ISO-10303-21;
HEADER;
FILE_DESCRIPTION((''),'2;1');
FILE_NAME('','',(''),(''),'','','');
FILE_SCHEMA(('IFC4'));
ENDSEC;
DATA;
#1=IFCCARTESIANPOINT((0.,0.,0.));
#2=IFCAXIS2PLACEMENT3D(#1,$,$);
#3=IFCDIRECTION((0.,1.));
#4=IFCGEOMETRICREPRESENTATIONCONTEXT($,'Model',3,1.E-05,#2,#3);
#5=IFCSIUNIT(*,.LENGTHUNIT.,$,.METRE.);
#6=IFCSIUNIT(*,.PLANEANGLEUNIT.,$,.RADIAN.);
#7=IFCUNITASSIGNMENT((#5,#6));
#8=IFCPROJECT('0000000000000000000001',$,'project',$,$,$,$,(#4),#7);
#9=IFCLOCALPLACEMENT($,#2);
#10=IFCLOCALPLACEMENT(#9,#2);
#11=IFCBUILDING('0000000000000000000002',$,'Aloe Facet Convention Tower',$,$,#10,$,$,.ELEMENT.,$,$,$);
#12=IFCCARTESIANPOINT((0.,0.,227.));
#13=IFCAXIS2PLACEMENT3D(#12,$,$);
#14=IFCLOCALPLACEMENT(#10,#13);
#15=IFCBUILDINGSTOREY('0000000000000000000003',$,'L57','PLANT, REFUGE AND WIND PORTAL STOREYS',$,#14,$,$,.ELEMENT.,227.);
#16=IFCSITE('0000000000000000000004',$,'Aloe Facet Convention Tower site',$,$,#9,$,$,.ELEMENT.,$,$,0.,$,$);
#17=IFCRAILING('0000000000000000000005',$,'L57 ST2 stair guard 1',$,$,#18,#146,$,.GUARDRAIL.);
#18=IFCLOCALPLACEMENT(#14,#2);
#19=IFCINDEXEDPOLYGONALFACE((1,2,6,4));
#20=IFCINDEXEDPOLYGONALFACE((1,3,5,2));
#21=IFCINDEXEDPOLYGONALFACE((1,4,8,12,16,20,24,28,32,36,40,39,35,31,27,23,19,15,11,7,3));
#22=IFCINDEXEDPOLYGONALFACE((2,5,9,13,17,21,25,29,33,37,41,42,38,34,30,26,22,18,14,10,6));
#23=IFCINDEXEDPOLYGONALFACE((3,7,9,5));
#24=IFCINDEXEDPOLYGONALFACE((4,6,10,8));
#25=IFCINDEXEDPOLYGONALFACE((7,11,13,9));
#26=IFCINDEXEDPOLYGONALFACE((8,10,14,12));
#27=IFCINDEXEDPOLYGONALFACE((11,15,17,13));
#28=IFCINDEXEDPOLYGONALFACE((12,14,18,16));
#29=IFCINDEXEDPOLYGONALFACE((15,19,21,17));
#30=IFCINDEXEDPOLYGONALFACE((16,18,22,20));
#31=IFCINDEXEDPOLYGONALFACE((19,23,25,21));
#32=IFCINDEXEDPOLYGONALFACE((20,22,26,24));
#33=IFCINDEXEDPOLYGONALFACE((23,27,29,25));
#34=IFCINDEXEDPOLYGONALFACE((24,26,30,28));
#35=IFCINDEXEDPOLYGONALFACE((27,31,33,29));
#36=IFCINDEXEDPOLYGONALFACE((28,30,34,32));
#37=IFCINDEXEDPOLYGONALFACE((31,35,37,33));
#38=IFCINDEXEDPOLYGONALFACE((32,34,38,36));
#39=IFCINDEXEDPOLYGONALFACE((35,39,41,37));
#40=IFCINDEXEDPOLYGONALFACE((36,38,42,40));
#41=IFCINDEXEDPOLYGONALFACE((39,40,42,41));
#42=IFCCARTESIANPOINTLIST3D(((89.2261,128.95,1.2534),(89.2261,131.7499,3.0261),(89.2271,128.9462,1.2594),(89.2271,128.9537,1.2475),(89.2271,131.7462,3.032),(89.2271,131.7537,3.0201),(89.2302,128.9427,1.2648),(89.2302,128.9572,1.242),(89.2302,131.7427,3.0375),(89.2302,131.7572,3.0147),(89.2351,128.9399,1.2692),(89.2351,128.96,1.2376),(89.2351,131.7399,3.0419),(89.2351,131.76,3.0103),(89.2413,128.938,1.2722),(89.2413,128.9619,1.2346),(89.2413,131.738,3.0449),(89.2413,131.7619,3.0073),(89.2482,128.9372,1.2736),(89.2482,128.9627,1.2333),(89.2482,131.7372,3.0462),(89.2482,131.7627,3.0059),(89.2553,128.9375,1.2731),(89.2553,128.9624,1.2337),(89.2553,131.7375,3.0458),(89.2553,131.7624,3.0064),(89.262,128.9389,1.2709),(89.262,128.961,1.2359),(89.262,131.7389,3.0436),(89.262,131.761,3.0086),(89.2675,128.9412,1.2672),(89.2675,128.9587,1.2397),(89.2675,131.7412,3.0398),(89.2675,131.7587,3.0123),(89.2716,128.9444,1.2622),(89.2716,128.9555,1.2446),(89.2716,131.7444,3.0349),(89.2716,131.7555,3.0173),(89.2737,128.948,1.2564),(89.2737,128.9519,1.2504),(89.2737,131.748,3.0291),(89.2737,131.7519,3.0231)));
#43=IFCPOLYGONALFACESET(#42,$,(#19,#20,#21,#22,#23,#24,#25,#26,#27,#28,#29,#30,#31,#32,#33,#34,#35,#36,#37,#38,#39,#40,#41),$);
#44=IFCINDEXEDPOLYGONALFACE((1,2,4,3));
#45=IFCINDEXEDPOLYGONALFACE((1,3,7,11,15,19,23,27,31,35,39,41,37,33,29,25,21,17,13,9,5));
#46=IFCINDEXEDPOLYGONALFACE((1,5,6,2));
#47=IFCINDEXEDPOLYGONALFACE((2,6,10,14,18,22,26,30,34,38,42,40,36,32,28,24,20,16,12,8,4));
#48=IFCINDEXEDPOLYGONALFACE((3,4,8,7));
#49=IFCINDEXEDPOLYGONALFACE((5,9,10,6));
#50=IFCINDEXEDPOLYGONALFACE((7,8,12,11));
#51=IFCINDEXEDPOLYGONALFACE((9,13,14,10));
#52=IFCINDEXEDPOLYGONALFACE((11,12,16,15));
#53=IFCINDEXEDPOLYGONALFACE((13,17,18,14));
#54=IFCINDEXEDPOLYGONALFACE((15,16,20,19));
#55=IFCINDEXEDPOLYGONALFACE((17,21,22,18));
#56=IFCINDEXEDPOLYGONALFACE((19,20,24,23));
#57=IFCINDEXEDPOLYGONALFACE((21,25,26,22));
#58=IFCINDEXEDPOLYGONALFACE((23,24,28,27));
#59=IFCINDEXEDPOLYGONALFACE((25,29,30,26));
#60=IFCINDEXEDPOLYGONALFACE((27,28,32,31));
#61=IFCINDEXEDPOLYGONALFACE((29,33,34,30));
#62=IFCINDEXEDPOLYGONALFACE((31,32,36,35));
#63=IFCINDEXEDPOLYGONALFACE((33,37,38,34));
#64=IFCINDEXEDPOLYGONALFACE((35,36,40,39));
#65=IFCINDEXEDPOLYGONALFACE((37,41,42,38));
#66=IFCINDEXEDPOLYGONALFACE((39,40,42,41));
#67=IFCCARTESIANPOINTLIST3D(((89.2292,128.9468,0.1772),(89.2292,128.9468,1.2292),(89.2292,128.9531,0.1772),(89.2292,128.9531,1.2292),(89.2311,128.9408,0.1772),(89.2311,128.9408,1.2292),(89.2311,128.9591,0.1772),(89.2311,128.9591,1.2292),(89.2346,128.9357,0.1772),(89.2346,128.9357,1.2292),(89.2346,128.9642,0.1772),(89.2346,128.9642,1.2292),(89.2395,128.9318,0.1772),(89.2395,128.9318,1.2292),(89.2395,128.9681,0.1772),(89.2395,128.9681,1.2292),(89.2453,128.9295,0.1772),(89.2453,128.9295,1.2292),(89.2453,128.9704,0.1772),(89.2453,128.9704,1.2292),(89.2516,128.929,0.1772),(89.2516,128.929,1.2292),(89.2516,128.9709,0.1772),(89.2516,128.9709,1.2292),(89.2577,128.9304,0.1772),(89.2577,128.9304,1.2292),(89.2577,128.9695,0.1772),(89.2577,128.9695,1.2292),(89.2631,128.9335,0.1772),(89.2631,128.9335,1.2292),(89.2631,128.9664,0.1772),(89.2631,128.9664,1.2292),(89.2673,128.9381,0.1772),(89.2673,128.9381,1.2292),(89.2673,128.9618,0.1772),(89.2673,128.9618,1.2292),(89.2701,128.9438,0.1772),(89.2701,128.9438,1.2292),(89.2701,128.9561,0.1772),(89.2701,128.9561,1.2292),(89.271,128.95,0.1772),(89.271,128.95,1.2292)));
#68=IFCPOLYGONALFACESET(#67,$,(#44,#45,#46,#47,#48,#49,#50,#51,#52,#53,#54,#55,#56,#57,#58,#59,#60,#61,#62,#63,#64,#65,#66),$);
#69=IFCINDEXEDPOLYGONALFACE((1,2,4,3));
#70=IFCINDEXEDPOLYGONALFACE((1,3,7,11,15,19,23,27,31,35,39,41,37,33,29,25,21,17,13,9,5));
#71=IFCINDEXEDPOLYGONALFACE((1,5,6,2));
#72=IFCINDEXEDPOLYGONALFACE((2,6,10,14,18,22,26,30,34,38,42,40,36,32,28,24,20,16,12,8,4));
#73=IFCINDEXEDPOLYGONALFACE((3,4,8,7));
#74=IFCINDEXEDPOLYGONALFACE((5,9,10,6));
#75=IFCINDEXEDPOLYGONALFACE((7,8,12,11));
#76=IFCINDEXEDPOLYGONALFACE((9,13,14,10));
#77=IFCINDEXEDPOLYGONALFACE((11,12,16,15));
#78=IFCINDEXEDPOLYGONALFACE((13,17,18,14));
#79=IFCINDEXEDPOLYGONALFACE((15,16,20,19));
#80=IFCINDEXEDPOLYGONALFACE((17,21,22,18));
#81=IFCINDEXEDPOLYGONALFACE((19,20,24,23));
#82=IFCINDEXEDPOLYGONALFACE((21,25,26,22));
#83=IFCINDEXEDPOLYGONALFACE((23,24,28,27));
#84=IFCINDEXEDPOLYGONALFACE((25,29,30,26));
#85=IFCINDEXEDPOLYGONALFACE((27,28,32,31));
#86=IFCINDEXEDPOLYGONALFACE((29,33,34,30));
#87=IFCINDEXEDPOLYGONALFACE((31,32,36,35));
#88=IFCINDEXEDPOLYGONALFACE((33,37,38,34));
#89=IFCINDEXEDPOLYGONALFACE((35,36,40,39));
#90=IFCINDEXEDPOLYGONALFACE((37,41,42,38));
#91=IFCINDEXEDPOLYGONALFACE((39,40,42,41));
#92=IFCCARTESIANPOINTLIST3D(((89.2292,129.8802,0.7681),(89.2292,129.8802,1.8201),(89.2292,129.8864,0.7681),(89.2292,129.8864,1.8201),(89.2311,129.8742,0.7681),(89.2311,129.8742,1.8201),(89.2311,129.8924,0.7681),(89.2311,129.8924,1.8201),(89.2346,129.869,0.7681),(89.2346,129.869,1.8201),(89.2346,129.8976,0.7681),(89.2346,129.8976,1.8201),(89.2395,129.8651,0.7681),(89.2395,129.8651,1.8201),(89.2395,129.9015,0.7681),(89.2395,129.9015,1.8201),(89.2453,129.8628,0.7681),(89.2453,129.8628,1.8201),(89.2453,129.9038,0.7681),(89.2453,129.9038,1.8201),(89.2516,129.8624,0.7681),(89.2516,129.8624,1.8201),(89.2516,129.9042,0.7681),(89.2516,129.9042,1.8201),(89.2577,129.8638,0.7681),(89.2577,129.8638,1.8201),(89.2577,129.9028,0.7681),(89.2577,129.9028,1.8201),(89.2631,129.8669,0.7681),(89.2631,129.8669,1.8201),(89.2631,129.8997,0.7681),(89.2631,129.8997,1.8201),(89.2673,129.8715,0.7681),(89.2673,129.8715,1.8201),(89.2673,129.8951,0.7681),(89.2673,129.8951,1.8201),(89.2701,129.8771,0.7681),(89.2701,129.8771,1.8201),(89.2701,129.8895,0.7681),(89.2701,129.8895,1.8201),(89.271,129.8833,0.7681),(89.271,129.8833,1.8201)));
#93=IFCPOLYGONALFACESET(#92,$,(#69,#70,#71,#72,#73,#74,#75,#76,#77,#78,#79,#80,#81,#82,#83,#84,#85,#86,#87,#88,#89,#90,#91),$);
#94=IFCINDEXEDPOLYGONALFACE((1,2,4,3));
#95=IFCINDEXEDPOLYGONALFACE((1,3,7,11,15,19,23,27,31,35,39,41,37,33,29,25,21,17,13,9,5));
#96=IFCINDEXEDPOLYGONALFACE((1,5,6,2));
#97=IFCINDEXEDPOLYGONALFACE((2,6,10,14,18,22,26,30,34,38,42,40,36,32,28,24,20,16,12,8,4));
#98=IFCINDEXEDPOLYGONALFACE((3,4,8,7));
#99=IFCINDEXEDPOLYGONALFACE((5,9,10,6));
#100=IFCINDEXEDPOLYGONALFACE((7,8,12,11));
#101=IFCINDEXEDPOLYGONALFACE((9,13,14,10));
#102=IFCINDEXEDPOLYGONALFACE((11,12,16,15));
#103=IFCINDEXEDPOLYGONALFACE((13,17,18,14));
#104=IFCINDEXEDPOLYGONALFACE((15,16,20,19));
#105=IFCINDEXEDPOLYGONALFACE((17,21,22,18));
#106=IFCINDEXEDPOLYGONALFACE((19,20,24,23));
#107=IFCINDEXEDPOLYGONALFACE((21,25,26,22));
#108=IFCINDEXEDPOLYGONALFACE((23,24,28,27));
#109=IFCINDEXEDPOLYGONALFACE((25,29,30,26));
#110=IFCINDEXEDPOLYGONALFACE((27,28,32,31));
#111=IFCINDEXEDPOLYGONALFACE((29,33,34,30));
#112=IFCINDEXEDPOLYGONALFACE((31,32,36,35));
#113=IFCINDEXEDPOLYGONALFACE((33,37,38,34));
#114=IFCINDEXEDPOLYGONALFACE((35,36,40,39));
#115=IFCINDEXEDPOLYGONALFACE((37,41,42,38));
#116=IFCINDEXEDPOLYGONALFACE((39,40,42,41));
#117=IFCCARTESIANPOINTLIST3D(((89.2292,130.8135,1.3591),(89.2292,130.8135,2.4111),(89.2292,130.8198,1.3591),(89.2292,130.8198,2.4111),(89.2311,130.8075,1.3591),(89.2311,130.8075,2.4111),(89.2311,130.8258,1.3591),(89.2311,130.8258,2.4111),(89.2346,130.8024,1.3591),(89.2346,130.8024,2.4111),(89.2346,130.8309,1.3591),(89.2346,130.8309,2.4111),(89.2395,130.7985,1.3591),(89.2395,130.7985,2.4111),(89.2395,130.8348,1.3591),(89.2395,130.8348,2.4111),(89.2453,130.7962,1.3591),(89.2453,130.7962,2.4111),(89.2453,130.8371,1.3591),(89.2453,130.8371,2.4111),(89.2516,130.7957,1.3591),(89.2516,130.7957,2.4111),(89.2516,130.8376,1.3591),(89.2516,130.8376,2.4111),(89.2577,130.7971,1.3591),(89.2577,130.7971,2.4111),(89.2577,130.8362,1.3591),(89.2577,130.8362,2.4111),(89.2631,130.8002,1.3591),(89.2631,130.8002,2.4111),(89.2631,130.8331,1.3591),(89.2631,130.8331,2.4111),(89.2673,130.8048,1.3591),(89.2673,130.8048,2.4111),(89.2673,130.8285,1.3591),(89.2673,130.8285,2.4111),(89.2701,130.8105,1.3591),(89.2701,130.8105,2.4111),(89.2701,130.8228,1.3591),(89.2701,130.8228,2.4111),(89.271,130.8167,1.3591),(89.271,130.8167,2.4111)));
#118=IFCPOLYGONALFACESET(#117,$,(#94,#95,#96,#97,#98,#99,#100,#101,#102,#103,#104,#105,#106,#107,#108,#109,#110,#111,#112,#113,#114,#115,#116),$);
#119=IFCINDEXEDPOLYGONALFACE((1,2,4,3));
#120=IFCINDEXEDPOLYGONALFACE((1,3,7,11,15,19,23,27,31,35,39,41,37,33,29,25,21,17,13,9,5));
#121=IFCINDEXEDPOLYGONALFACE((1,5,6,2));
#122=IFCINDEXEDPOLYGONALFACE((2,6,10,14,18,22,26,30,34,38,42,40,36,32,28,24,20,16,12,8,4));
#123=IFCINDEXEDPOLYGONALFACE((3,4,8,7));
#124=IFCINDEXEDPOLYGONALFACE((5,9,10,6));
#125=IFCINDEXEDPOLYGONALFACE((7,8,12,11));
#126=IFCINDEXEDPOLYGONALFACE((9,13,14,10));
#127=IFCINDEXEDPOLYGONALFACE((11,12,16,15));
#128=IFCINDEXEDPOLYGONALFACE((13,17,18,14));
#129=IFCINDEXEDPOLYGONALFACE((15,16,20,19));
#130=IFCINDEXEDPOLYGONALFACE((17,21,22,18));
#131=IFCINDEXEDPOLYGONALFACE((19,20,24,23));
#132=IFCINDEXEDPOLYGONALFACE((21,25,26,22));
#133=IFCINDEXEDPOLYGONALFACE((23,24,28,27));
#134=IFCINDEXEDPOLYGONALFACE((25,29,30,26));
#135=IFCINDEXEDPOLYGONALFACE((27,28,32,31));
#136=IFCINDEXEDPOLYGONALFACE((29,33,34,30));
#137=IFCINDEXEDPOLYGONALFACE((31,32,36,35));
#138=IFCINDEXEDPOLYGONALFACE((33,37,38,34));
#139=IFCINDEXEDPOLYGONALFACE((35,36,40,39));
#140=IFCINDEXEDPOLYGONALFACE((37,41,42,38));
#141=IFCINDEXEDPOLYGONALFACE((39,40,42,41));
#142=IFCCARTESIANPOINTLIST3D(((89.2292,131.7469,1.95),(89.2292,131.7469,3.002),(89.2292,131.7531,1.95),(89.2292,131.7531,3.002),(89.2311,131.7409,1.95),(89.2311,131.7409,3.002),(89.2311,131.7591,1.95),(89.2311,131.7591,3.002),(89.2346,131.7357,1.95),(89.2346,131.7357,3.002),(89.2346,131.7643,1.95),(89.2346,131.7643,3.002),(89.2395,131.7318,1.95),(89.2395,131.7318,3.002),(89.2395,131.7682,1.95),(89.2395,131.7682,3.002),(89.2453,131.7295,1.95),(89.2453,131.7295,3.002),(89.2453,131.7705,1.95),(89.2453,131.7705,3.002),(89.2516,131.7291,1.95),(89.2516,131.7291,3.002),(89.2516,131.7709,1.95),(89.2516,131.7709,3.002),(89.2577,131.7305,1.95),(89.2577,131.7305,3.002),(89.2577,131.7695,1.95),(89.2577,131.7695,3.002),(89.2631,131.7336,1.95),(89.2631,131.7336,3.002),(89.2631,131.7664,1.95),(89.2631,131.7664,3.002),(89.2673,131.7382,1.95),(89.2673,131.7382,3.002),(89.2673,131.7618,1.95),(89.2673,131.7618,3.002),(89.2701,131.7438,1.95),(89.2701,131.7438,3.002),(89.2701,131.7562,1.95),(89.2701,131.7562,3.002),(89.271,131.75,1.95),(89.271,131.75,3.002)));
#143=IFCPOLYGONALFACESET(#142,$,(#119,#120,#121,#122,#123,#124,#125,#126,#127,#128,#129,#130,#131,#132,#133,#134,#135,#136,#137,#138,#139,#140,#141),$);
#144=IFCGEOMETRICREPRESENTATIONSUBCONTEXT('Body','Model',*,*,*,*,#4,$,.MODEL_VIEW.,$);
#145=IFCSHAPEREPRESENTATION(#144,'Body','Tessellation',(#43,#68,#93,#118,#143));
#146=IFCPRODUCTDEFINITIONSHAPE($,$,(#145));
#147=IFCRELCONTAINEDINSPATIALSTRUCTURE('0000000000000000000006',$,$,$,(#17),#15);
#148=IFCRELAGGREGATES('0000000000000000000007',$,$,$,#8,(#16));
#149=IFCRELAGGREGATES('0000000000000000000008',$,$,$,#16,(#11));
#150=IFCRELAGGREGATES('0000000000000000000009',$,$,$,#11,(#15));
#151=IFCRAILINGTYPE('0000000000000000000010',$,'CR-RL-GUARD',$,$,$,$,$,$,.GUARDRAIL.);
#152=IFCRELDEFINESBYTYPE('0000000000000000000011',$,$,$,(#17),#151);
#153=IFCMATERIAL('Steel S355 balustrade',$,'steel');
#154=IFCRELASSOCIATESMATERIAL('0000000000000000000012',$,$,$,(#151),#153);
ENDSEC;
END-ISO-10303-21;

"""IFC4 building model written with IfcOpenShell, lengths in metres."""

from ifc_helpers import new_model, si_unit, direction, frame, origin, origin_2d, place, context, subcontext, project, spatial, circle, extrude, material, type_object, element, save


model = new_model("IFC4")

# Units and contexts
model_context = context("Model", 3, precision=1e-05, world=origin(), true_north=direction((0.0, 1.0)))
body_context = subcontext(model_context, "Body", "Model", "MODEL_VIEW")
ifc_project = project(units=[si_unit("LENGTHUNIT", "METRE"), si_unit("PLANEANGLEUNIT", "RADIAN")], contexts=[model_context])

# Site, building, storey
site_placement = place(None, origin())
site = spatial("IfcSite", under=ifc_project, at=site_placement, Name="Aloe Facet Convention Tower site", CompositionType="ELEMENT", RefElevation=0.0)
building_placement = place(site_placement, origin())
building = spatial("IfcBuilding", under=site, at=building_placement, Name="Aloe Facet Convention Tower", CompositionType="ELEMENT")
storey_placement = place(building_placement, frame((0.0, 0.0, 227.0)))
storey = spatial("IfcBuildingStorey", under=building, at=storey_placement, Name="L57", Description="PLANT, REFUGE AND WIND PORTAL STOREYS", CompositionType="ELEMENT", Elevation=227.0)

# Railing
ifc_material_1 = material(Name="Steel S355 balustrade", Category="steel")
railing_type = type_object("IfcRailingType", Name="CR-RL-GUARD", PredefinedType="GUARDRAIL", material=ifc_material_1)
railing_1_placement = place(storey_placement, frame((89.25, 128.95, 0.1772)))
element("IfcRailing", 1, at=railing_1_placement, inside=storey, type_object=railing_type, Name="L57 ST2 stair guard 1", PredefinedType="GUARDRAIL", context=body_context, shape_type="SweptSolid", body=[
    extrude(circle(Radius=0.0239, at=origin_2d()), frame((0.0, 0.0, 1.0762), z_axis=(0.0, 0.844909, 0.53491), x_axis=(-1.0, 0.0, 0.0)), (0.0, 0.0, 1.0), 3.314),
    extrude(circle(Radius=0.021, at=origin_2d()), origin(), (0.0, 0.0, 1.0), 1.052),
    extrude(circle(Radius=0.021, at=origin_2d()), frame((0.0, 0.9333, 0.5908)), (0.0, 0.0, 1.0), 1.052),
    extrude(circle(Radius=0.021, at=origin_2d()), frame((0.0, 1.8667, 1.1819)), (0.0, 0.0, 1.0), 1.052),
    extrude(circle(Radius=0.021, at=origin_2d()), frame((0.0, 2.8, 1.7727)), (0.0, 0.0, 1.0), 1.052),
])

save(model, "model.ifc")
